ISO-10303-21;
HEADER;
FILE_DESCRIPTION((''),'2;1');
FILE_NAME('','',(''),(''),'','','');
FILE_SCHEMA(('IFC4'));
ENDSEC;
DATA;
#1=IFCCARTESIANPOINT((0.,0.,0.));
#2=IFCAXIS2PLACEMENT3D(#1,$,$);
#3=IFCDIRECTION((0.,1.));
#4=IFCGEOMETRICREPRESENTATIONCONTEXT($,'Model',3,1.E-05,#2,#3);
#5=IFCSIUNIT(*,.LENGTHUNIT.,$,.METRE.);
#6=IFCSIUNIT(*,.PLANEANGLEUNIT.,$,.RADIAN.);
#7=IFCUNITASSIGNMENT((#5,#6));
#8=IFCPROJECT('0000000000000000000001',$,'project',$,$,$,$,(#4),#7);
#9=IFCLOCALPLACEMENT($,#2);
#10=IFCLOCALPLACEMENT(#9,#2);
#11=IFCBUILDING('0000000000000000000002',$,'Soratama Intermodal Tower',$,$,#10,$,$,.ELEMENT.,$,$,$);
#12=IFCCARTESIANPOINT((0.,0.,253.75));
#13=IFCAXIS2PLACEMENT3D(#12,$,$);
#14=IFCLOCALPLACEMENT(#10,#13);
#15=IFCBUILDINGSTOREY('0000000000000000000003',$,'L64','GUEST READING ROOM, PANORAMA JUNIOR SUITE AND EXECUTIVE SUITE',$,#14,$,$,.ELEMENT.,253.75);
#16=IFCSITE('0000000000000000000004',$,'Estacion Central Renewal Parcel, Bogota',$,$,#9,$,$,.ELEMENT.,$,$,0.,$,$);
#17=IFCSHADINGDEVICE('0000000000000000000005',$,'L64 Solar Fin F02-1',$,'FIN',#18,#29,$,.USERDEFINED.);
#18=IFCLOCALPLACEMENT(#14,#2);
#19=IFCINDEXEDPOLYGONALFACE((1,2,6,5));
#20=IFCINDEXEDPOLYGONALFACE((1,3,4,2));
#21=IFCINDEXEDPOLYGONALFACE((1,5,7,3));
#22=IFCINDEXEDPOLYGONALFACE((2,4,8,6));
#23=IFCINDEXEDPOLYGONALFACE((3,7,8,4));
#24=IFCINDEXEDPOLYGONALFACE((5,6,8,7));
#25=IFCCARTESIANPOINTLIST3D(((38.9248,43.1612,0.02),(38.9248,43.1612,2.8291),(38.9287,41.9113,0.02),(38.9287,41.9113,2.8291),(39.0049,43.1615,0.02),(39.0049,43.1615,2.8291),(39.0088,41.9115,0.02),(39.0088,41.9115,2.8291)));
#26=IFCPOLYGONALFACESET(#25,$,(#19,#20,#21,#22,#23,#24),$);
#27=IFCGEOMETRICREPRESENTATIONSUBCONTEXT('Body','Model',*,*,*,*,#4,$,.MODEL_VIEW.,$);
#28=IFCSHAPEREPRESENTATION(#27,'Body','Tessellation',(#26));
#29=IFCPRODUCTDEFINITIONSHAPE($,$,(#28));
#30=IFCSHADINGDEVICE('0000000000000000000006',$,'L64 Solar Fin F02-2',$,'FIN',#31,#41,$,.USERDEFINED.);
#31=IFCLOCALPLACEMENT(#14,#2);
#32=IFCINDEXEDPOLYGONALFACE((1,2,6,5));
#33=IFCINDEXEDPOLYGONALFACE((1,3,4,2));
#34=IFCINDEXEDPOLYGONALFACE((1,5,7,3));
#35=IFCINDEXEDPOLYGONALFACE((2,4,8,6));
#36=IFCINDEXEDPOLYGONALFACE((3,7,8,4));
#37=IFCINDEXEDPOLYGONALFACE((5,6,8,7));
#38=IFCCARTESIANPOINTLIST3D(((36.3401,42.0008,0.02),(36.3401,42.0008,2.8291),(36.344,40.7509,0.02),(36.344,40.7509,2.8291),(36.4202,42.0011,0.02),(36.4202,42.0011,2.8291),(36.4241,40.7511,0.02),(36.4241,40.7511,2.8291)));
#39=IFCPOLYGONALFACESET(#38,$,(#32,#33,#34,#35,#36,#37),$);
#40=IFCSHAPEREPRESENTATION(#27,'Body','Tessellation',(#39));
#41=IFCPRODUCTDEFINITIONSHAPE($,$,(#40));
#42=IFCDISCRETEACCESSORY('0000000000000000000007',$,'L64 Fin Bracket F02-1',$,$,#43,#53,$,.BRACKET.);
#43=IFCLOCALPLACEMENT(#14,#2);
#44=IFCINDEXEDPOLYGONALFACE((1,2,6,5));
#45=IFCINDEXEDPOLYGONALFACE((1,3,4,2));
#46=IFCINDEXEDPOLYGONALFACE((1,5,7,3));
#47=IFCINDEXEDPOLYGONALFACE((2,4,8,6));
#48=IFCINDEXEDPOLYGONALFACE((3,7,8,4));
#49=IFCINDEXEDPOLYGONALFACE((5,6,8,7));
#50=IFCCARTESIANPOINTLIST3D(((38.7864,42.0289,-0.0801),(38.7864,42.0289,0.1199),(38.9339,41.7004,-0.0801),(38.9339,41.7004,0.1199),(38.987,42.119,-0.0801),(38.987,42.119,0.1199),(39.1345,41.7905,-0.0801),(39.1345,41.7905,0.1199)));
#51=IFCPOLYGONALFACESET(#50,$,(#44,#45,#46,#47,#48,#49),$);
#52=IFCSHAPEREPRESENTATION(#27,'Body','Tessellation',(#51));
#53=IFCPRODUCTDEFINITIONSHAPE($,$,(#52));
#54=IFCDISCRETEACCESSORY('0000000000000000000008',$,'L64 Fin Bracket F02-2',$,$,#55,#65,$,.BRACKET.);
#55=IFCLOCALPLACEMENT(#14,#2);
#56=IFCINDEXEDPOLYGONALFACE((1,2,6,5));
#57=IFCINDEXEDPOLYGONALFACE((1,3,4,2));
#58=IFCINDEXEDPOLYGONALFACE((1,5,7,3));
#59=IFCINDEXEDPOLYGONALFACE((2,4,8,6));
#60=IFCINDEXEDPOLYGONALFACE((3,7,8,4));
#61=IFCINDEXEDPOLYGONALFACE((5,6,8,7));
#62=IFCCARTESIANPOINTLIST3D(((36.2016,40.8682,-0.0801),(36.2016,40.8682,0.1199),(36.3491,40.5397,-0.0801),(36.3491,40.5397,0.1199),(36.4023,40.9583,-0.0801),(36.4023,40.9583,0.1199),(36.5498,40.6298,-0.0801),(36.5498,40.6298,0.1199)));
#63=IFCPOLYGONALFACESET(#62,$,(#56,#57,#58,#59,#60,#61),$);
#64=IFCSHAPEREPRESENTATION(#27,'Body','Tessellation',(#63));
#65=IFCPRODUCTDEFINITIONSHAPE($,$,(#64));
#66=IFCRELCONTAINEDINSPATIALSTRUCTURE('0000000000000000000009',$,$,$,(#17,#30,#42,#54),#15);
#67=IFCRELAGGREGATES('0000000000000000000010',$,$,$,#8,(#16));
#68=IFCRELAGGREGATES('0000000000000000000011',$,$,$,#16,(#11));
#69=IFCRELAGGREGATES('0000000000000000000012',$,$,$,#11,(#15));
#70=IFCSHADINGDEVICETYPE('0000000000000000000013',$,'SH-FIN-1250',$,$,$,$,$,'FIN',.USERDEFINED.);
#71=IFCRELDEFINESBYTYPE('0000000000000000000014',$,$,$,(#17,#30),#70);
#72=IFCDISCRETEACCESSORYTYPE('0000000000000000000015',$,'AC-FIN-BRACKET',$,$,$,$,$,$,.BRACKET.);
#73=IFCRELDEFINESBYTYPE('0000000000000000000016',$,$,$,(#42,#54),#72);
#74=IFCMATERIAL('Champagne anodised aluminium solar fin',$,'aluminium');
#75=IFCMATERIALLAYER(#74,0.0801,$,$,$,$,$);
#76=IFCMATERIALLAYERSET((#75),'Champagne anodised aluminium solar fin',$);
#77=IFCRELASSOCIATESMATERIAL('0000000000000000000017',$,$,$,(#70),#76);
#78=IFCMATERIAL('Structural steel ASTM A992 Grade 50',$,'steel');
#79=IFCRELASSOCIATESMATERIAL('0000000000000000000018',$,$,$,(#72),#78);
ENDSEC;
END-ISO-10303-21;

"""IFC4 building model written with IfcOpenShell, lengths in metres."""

from ifc_helpers import new_model, si_unit, direction, frame, origin, origin_2d, place, context, subcontext, project, spatial, rectangle, extrude, material, layer, layer_set, type_object, element, save


model = new_model("IFC4")

# Units and contexts
model_context = context("Model", 3, precision=1e-05, world=origin(), true_north=direction((0.0, 1.0)))
body_context = subcontext(model_context, "Body", "Model", "MODEL_VIEW")
ifc_project = project(units=[si_unit("LENGTHUNIT", "METRE"), si_unit("PLANEANGLEUNIT", "RADIAN")], contexts=[model_context])

# Site, building, storey
site_placement = place(None, origin())
site = spatial("IfcSite", under=ifc_project, at=site_placement, Name="Estacion Central Renewal Parcel, Bogota", CompositionType="ELEMENT", RefElevation=0.0)
building_placement = place(site_placement, origin())
building = spatial("IfcBuilding", under=site, at=building_placement, Name="Soratama Intermodal Tower", CompositionType="ELEMENT")
storey_placement = place(building_placement, frame((0.0, 0.0, 253.75)))
storey = spatial("IfcBuildingStorey", under=building, at=storey_placement, Name="L64", Description="GUEST READING ROOM, PANORAMA JUNIOR SUITE AND EXECUTIVE SUITE", CompositionType="ELEMENT", Elevation=253.75)

# Shading devices
ifc_material_1 = material(Name="Champagne anodised aluminium solar fin", Category="aluminium")
ifc_layer_1 = layer(ifc_material_1, 0.0801)
ifc_layer_set_1 = layer_set([ifc_layer_1], Name="Champagne anodised aluminium solar fin")
shading_device_type = type_object("IfcShadingDeviceType", Name="SH-FIN-1250", ElementType="FIN", PredefinedType="USERDEFINED", material=ifc_layer_set_1)
for number, where, z_axis, x_axis, name in (
    (1, (38.9668, 42.5364, 0.02), (0.0, 0.0, 1.0), (-0.003142, 0.999995, 0.0), "L64 Solar Fin F02-1"),
    (2, (36.3821, 41.376, 0.02), (0.0, 0.0, 1.0), (-0.003142, 0.999995, 0.0), "L64 Solar Fin F02-2"),
):
    element("IfcShadingDevice", number, at=place(storey_placement, frame(where, z_axis=z_axis, x_axis=x_axis)), inside=storey, type_object=shading_device_type, Name=name, ObjectType="FIN", PredefinedType="USERDEFINED", context=body_context, shape_type="SweptSolid", body=[
        extrude(rectangle(XDim=1.25, YDim=0.0801, at=origin_2d()), origin(), (0.0, 0.0, 1.0), 2.8091),
    ])

# Discrete accessories
ifc_material_2 = material(Name="Structural steel ASTM A992 Grade 50", Category="steel")
discrete_accessory_type = type_object("IfcDiscreteAccessoryType", Name="AC-FIN-BRACKET", PredefinedType="BRACKET", material=ifc_material_2)
for number, where, z_axis, x_axis, name in (
    (3, (38.9604, 41.9097, -0.0801), (0.0, 0.0, 1.0), (-0.409605, 0.912263, 0.0), "L64 Fin Bracket F02-1"),
    (4, (36.3757, 40.749, -0.0801), (0.0, 0.0, 1.0), (-0.409605, 0.912263, 0.0), "L64 Fin Bracket F02-2"),
):
    element("IfcDiscreteAccessory", number, at=place(storey_placement, frame(where, z_axis=z_axis, x_axis=x_axis)), inside=storey, type_object=discrete_accessory_type, Name=name, PredefinedType="BRACKET", context=body_context, shape_type="SweptSolid", body=[
        extrude(rectangle(XDim=0.3601, YDim=0.22, at=origin_2d()), origin(), (0.0, 0.0, 1.0), 0.2),
    ])

save(model, "model.ifc")
